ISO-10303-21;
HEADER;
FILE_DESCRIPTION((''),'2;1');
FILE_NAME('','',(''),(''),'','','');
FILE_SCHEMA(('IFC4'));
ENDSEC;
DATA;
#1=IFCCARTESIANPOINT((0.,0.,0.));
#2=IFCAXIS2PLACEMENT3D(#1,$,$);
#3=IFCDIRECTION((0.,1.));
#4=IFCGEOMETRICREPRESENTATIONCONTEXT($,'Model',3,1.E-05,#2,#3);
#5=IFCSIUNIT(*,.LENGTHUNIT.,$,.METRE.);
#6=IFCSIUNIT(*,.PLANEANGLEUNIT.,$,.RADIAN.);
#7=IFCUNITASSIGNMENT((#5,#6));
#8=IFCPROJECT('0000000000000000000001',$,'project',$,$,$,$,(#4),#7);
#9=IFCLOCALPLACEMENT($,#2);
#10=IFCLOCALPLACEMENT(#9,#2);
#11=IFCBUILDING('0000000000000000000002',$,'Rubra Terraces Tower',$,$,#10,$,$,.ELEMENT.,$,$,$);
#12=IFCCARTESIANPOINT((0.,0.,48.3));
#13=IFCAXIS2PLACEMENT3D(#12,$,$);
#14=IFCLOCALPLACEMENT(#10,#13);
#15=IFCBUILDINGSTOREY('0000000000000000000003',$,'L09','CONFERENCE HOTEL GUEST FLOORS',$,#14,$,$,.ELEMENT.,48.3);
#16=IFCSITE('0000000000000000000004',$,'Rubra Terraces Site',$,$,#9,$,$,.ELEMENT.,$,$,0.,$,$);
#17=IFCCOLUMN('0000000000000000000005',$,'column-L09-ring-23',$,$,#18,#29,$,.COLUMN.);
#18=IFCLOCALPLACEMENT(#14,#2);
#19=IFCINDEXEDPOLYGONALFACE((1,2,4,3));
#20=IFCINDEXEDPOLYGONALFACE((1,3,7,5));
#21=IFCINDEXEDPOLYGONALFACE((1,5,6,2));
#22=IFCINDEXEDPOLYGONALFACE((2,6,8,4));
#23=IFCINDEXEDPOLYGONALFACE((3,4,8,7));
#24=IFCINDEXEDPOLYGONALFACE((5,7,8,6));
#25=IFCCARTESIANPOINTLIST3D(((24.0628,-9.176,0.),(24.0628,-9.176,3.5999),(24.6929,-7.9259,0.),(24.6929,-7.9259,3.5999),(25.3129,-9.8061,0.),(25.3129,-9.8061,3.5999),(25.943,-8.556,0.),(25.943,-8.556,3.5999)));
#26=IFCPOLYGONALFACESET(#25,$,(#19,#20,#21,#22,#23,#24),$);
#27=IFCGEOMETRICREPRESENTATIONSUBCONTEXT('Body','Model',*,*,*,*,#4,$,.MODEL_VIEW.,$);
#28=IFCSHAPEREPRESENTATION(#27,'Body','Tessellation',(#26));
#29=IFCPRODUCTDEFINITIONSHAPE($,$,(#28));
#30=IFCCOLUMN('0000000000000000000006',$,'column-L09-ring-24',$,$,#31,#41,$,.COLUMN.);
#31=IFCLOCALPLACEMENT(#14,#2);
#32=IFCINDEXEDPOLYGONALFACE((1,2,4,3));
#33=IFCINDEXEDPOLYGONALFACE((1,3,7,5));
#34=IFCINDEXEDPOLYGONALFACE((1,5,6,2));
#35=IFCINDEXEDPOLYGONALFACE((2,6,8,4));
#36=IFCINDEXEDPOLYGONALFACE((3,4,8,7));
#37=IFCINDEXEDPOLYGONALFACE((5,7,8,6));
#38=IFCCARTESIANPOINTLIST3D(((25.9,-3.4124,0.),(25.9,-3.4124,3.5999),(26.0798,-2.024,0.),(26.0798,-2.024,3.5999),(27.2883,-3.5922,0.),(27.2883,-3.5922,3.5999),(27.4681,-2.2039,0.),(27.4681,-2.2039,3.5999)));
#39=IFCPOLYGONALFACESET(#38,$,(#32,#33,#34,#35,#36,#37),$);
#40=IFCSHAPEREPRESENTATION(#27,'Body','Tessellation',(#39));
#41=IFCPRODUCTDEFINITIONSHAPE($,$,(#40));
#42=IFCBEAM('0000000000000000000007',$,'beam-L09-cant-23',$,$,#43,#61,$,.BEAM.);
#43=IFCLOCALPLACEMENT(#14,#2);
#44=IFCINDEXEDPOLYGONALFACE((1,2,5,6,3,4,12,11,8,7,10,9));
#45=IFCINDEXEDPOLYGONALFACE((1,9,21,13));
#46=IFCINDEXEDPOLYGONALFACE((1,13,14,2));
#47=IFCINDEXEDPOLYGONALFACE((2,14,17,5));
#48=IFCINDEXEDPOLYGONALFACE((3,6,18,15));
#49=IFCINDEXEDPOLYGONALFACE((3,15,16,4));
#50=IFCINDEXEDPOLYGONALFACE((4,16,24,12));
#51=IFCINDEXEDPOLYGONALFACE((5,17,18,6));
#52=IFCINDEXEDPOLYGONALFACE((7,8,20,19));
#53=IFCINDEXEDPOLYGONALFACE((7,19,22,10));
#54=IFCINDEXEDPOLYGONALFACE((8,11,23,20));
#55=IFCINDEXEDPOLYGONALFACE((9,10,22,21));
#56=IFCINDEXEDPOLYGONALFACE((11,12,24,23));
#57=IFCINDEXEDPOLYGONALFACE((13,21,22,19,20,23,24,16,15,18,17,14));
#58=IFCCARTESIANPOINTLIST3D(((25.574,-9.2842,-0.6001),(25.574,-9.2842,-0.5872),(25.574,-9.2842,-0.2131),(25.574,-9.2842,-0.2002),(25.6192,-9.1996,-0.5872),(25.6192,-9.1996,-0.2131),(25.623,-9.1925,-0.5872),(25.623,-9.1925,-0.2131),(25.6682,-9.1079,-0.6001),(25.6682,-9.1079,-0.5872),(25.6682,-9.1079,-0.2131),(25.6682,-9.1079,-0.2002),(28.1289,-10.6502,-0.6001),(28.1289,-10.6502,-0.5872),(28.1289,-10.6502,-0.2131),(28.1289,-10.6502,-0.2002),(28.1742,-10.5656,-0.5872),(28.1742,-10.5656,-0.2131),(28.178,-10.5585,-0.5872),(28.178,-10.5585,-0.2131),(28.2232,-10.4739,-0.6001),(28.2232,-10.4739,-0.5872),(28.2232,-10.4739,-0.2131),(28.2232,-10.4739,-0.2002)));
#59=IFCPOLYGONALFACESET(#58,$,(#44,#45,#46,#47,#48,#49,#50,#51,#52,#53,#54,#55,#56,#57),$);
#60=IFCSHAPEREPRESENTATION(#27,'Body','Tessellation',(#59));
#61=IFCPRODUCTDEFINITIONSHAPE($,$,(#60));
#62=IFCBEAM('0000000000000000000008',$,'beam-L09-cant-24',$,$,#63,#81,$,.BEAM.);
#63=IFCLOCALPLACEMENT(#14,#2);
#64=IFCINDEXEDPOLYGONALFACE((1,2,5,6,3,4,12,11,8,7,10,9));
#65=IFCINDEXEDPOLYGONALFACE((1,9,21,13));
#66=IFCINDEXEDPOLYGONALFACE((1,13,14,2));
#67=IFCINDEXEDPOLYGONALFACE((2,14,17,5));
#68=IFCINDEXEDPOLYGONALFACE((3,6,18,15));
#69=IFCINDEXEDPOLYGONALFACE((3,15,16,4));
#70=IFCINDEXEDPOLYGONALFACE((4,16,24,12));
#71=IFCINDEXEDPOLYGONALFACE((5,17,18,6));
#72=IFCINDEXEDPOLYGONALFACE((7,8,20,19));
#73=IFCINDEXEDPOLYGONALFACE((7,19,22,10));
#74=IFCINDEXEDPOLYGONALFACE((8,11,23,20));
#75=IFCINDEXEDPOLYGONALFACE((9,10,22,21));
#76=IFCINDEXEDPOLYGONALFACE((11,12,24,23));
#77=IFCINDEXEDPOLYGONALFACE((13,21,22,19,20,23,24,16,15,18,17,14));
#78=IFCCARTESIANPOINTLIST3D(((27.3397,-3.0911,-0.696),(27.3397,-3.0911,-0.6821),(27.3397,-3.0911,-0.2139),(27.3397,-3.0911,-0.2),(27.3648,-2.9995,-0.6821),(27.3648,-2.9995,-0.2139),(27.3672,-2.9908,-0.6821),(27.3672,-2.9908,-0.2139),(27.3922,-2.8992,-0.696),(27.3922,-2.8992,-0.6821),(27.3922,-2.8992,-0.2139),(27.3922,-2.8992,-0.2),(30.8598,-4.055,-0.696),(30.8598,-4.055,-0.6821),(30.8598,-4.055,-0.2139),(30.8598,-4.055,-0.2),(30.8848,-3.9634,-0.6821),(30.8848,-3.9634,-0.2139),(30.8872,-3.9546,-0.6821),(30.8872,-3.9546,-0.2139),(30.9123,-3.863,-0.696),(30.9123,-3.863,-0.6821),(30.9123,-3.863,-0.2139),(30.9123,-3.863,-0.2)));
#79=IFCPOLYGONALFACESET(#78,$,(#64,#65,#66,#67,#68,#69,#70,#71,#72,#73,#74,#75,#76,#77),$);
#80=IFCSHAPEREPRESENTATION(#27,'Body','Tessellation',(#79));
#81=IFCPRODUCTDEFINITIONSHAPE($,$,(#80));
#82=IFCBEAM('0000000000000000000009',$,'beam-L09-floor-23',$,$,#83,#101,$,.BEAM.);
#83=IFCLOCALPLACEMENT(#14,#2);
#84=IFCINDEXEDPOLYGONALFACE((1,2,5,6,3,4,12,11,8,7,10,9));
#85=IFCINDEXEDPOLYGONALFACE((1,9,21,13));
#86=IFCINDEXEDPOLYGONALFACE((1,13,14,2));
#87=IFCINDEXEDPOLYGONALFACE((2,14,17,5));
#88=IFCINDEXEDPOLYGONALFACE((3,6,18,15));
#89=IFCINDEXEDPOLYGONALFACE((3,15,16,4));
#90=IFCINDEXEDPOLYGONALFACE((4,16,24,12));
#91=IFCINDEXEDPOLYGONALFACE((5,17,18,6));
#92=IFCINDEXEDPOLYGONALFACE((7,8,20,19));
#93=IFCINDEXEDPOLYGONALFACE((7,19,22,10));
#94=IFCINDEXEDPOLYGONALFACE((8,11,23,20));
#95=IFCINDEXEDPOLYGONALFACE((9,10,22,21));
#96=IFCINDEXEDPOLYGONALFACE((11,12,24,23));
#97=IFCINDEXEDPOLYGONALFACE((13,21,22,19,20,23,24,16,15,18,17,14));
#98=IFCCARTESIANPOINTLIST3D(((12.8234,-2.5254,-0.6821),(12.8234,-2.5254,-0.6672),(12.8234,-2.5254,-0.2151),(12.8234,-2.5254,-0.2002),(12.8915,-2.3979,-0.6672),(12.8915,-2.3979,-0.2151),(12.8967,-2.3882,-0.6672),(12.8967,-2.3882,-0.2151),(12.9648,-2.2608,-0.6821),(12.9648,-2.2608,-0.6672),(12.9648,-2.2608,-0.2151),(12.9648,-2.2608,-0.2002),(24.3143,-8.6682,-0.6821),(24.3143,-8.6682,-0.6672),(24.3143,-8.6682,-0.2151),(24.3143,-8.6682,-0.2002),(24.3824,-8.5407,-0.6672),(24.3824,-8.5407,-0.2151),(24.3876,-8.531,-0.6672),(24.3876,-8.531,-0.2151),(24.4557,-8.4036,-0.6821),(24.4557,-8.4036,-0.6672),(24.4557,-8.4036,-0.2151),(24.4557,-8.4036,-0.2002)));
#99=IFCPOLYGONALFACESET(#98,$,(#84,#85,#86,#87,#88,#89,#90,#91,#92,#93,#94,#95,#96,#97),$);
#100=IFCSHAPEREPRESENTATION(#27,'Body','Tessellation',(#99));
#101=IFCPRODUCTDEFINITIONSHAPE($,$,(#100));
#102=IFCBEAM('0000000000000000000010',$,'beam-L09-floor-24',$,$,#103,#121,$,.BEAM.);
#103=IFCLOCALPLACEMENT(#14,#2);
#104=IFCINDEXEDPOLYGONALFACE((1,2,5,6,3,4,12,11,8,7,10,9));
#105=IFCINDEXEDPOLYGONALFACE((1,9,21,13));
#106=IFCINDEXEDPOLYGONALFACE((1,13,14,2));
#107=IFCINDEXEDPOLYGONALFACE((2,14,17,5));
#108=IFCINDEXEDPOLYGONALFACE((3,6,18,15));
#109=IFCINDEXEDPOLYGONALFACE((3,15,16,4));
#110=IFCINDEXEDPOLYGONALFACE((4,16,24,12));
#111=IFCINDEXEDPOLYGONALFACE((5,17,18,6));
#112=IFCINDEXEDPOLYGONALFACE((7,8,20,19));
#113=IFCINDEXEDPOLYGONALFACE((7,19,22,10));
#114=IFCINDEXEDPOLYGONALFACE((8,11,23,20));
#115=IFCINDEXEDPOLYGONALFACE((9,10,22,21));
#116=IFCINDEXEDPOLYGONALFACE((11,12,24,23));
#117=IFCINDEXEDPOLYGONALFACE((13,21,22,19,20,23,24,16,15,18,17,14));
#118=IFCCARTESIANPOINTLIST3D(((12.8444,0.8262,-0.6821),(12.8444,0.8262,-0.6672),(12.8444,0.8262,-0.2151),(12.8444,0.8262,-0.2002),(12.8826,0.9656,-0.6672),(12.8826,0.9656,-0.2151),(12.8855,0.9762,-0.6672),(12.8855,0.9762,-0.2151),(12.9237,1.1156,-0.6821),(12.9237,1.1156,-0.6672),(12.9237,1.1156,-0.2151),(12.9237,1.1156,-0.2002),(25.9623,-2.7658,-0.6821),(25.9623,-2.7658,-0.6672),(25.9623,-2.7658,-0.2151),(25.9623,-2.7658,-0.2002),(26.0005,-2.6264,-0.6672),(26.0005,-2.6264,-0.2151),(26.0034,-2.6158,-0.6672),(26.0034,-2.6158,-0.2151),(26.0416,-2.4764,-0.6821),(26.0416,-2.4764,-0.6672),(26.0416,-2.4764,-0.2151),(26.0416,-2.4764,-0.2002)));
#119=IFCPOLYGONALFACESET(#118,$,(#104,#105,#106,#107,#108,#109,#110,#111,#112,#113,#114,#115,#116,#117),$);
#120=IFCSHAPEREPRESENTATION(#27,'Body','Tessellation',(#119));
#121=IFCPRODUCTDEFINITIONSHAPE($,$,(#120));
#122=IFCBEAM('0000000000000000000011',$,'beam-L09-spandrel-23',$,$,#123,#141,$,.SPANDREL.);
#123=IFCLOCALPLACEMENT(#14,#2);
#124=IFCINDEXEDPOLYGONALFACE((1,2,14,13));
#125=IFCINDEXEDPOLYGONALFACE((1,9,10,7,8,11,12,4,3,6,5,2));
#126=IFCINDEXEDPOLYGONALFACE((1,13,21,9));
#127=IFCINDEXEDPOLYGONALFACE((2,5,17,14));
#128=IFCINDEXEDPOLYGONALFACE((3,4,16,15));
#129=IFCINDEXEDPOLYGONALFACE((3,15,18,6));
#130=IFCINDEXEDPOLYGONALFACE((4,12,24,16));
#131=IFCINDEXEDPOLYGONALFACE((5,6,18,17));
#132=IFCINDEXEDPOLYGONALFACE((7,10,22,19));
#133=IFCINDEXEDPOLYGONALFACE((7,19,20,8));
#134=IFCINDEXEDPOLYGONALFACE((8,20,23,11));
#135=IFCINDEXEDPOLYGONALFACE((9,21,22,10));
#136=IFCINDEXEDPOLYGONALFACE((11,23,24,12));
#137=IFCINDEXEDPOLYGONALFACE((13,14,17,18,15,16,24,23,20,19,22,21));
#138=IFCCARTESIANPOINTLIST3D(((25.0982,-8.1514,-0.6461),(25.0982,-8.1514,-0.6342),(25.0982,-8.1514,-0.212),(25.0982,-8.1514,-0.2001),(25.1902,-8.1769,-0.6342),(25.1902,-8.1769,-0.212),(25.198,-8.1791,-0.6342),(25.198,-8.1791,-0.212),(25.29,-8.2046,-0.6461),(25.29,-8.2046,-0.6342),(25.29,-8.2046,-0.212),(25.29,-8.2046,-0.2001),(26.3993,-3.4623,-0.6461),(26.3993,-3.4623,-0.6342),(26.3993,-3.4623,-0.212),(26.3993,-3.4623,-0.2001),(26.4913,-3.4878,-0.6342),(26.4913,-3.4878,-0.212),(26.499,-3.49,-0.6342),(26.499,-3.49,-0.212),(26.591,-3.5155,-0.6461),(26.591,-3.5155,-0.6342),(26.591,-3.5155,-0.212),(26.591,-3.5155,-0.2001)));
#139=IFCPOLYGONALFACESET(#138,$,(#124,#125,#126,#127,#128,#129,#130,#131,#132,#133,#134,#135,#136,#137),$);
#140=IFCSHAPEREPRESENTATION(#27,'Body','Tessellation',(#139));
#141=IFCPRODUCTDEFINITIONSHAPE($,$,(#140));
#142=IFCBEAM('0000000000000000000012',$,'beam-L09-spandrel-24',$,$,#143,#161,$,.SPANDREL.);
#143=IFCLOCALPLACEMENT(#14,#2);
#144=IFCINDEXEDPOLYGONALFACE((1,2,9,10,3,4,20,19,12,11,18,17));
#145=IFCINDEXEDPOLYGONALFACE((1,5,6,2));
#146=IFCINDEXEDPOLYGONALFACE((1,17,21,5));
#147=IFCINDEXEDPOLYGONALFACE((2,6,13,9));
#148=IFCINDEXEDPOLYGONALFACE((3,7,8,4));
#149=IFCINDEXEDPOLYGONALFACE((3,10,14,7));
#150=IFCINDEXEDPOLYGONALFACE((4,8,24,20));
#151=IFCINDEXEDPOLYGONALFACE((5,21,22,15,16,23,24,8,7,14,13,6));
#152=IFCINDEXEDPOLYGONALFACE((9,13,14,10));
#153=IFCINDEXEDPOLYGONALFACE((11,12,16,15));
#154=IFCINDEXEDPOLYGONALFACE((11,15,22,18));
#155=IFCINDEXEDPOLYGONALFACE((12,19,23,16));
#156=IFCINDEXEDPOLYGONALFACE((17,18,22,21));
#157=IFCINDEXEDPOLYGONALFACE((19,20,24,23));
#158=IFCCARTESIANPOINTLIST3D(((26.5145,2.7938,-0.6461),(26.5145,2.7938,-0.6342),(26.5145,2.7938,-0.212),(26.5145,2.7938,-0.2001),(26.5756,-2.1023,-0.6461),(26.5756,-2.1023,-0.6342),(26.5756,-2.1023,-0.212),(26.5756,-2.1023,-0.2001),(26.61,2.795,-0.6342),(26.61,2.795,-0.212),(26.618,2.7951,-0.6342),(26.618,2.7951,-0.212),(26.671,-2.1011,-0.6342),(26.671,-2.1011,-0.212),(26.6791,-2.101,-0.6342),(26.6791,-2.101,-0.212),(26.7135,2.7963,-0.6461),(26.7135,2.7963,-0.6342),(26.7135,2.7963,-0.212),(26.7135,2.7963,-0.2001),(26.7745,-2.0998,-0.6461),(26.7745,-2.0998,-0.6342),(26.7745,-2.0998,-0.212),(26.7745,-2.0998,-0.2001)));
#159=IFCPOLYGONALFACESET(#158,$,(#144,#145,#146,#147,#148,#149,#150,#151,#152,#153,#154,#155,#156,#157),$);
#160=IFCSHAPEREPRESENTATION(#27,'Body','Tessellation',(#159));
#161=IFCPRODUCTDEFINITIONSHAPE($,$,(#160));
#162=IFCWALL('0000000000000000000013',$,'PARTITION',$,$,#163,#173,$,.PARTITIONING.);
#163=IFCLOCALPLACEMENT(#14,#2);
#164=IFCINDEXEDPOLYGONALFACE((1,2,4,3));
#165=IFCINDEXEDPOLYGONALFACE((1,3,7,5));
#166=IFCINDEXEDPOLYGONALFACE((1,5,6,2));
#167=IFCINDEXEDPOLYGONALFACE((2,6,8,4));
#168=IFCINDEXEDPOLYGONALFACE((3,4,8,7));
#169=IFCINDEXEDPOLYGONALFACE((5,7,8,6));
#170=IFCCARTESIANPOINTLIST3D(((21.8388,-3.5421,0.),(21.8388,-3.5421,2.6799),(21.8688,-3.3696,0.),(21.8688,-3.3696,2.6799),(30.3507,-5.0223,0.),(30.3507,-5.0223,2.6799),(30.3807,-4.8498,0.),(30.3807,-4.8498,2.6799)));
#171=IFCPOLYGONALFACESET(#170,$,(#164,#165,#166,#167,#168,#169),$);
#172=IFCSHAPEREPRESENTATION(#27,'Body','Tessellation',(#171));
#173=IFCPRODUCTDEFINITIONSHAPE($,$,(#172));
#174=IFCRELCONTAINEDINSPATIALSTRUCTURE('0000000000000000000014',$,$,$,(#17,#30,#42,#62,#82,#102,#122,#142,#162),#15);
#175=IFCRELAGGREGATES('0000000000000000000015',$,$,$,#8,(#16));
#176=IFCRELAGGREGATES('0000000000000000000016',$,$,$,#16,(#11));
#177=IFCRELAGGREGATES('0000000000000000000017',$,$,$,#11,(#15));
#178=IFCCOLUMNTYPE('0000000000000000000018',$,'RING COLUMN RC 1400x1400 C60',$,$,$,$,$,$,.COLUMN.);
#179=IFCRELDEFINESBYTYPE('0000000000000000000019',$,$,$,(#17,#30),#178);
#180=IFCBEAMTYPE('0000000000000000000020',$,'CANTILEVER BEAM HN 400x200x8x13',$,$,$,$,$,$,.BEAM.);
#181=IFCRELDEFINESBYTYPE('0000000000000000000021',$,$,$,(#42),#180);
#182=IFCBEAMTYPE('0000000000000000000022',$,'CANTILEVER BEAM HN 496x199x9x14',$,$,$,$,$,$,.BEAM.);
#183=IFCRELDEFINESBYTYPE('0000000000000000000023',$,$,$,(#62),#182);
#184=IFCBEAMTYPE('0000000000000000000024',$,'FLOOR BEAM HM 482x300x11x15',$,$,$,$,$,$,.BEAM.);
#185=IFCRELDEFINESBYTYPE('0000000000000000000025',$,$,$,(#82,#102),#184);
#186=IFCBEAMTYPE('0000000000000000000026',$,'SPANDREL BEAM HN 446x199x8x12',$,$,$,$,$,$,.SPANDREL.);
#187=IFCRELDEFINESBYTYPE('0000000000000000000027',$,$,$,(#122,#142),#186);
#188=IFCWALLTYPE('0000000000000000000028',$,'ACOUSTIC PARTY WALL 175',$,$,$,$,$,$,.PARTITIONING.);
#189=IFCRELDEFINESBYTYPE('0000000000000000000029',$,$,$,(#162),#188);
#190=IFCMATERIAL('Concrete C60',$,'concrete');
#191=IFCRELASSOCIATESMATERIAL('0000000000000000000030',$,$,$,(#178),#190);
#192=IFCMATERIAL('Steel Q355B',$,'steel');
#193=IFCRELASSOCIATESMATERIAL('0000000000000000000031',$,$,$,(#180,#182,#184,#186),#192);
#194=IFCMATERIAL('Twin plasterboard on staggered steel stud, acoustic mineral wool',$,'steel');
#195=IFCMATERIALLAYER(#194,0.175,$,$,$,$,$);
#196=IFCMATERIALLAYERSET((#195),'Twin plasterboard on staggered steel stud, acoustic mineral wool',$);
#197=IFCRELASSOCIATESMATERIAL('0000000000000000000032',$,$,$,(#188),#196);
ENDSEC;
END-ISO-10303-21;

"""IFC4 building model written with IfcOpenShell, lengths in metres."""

from ifc_helpers import new_model, si_unit, direction, frame, frame_2d, origin, origin_2d, place, context, subcontext, project, spatial, rectangle, i_section, extrude, material, layer, layer_set, material_profile, profile_set, type_object, element, save


model = new_model("IFC4")

# Units and contexts
model_context = context("Model", 3, precision=1e-05, world=origin(), true_north=direction((0.0, 1.0)))
body_context = subcontext(model_context, "Body", "Model", "MODEL_VIEW")
ifc_project = project(units=[si_unit("LENGTHUNIT", "METRE"), si_unit("PLANEANGLEUNIT", "RADIAN")], contexts=[model_context])

# Site, building, storey
site_placement = place(None, origin())
site = spatial("IfcSite", under=ifc_project, at=site_placement, Name="Rubra Terraces Site", CompositionType="ELEMENT", RefElevation=0.0)
building_placement = place(site_placement, origin())
building = spatial("IfcBuilding", under=site, at=building_placement, Name="Rubra Terraces Tower", CompositionType="ELEMENT")
storey_placement = place(building_placement, frame((0.0, 0.0, 48.3)))
storey = spatial("IfcBuildingStorey", under=building, at=storey_placement, Name="L09", Description="CONFERENCE HOTEL GUEST FLOORS", CompositionType="ELEMENT", Elevation=48.3)

# Columns
ifc_material_1 = material(Name="Concrete C60", Category="concrete")
ifc_material_profile_1 = material_profile(ifc_material_1, rectangle(XDim=1.3999, YDim=1.3999, at=origin_2d()), Name="RC 1400x1400")
ifc_profile_set_1 = profile_set([ifc_material_profile_1], Name="Concrete C60")
column_type = type_object("IfcColumnType", Name="RING COLUMN RC 1400x1400 C60", PredefinedType="COLUMN", material=ifc_profile_set_1)
for number, where, z_axis, x_axis, name in (
    (1, (25.0029, -8.866, 0.0), (0.0, 0.0, 1.0), (0.450099, 0.892979, 0.0), "column-L09-ring-23"),
    (2, (26.6841, -2.8081, 0.0), (0.0, 0.0, 1.0), (0.128445, 0.991717, 0.0), "column-L09-ring-24"),
):
    element("IfcColumn", number, at=place(storey_placement, frame(where, z_axis=z_axis, x_axis=x_axis)), inside=storey, type_object=column_type, Name=name, PredefinedType="COLUMN", context=body_context, shape_type="SweptSolid", body=[
        extrude(rectangle(XDim=1.3999, YDim=1.3999, at=origin_2d()), origin(), (0.0, 0.0, 1.0), 3.5999),
    ])

# Beams
ifc_material_2 = material(Name="Steel Q355B", Category="steel")
ifc_material_profile_2 = material_profile(ifc_material_2, i_section(OverallWidth=0.2, OverallDepth=0.3999, WebThickness=0.0081, FlangeThickness=0.0129, at=origin_2d()), Name="HN 400x200x8x13")
ifc_profile_set_2 = profile_set([ifc_material_profile_2], Name="Steel Q355B")
beam_type_1 = type_object("IfcBeamType", Name="CANTILEVER BEAM HN 400x200x8x13", PredefinedType="BEAM", material=ifc_profile_set_2)
beam_1_placement = place(storey_placement, frame((25.6211, -9.196, -0.4001), z_axis=(0.881874, -0.471485, 0.0), x_axis=(0.471485, 0.881874, 0.0)))
element("IfcBeam", 3, at=beam_1_placement, inside=storey, type_object=beam_type_1, Name="beam-L09-cant-23", PredefinedType="BEAM", context=body_context, shape_type="SweptSolid", body=[
    extrude(i_section(OverallWidth=0.2, OverallDepth=0.3999, WebThickness=0.0081, FlangeThickness=0.0129, at=origin_2d()), origin(), (0.0, 0.0, 1.0), 2.8972),
])
ifc_material_profile_3 = material_profile(ifc_material_2, i_section(OverallWidth=0.199, OverallDepth=0.4961, WebThickness=0.009, FlangeThickness=0.0139, at=origin_2d()), Name="HN 496x199x9x14")
ifc_profile_set_3 = profile_set([ifc_material_profile_3], Name="Steel Q355B")
beam_type_2 = type_object("IfcBeamType", Name="CANTILEVER BEAM HN 496x199x9x14", PredefinedType="BEAM", material=ifc_profile_set_3)
beam_2_placement = place(storey_placement, frame((27.366, -2.9951, -0.448), z_axis=(0.964495, -0.264102, 0.0), x_axis=(0.264102, 0.964495, 0.0)))
element("IfcBeam", 4, at=beam_2_placement, inside=storey, type_object=beam_type_2, Name="beam-L09-cant-24", PredefinedType="BEAM", context=body_context, shape_type="SweptSolid", body=[
    extrude(i_section(OverallWidth=0.199, OverallDepth=0.4961, WebThickness=0.009, FlangeThickness=0.0139, at=origin_2d()), origin(), (0.0, 0.0, 1.0), 3.6497),
])
ifc_material_profile_4 = material_profile(ifc_material_2, i_section(OverallWidth=0.3, OverallDepth=0.4819, WebThickness=0.011, FlangeThickness=0.0149, at=origin_2d()), Name="HM 482x300x11x15")
ifc_profile_set_4 = profile_set([ifc_material_profile_4], Name="Steel Q355B")
beam_type_3 = type_object("IfcBeamType", Name="FLOOR BEAM HM 482x300x11x15", PredefinedType="BEAM", material=ifc_profile_set_4)
beam_3_placement = place(storey_placement, frame((24.385, -8.5359, -0.4412), z_axis=(-0.881897, 0.471443, 0.0), x_axis=(-0.471443, -0.881897, 0.0)))
element("IfcBeam", 5, at=beam_3_placement, inside=storey, type_object=beam_type_3, Name="beam-L09-floor-23", PredefinedType="BEAM", context=body_context, shape_type="SweptSolid", body=[
    extrude(i_section(OverallWidth=0.3, OverallDepth=0.4819, WebThickness=0.011, FlangeThickness=0.0149, at=origin_2d()), origin(), (0.0, 0.0, 1.0), 13.0298),
])
beam_4_placement = place(storey_placement, frame((26.002, -2.6211, -0.4412), z_axis=(-0.964494, 0.264105, 0.0), x_axis=(-0.264105, -0.964494, 0.0)))
element("IfcBeam", 6, at=beam_4_placement, inside=storey, type_object=beam_type_3, Name="beam-L09-floor-24", PredefinedType="BEAM", context=body_context, shape_type="SweptSolid", body=[
    extrude(i_section(OverallWidth=0.3, OverallDepth=0.4819, WebThickness=0.011, FlangeThickness=0.0149, at=origin_2d()), origin(), (0.0, 0.0, 1.0), 13.6008),
])
ifc_material_profile_5 = material_profile(ifc_material_2, i_section(OverallWidth=0.199, OverallDepth=0.446, WebThickness=0.0081, FlangeThickness=0.012, at=origin_2d()), Name="HN 446x199x8x12")
ifc_profile_set_5 = profile_set([ifc_material_profile_5], Name="Steel Q355B")
beam_type_4 = type_object("IfcBeamType", Name="SPANDREL BEAM HN 446x199x8x12", PredefinedType="SPANDREL", material=ifc_profile_set_5)
beam_5_placement = place(storey_placement, frame((25.1941, -8.178, -0.4231), z_axis=(0.267364, 0.963595, 0.0), x_axis=(-0.963595, 0.267364, 0.0)))
element("IfcBeam", 7, at=beam_5_placement, inside=storey, type_object=beam_type_4, Name="beam-L09-spandrel-23", PredefinedType="SPANDREL", context=body_context, shape_type="SweptSolid", body=[
    extrude(i_section(OverallWidth=0.199, OverallDepth=0.446, WebThickness=0.0081, FlangeThickness=0.012, at=origin_2d()), origin(), (0.0, 0.0, 1.0), 4.8662),
])
beam_6_placement = place(storey_placement, frame((26.675, -2.1011, -0.4231), z_axis=(-0.012465, 0.999922, 0.0), x_axis=(-0.999922, -0.012465, 0.0)))
element("IfcBeam", 8, at=beam_6_placement, inside=storey, type_object=beam_type_4, Name="beam-L09-spandrel-24", PredefinedType="SPANDREL", context=body_context, shape_type="SweptSolid", body=[
    extrude(i_section(OverallWidth=0.199, OverallDepth=0.446, WebThickness=0.0081, FlangeThickness=0.012, at=origin_2d()), origin(), (0.0, 0.0, 1.0), 4.8965),
])

# Wall
ifc_material_3 = material(Name="Twin plasterboard on staggered steel stud, acoustic mineral wool", Category="steel")
ifc_layer_1 = layer(ifc_material_3, 0.175)
ifc_layer_set_1 = layer_set([ifc_layer_1], Name="Twin plasterboard on staggered steel stud, acoustic mineral wool")
wall_type_1 = type_object("IfcWallType", Name="ACOUSTIC PARTY WALL 175", PredefinedType="PARTITIONING", material=ifc_layer_set_1)
wall_1_placement = place(storey_placement, frame((30.3657, -4.936, 0.0), z_axis=(0.0, 0.0, 1.0), x_axis=(-0.985214, 0.171328, 0.0)))
element("IfcWall", 9, at=wall_1_placement, inside=storey, type_object=wall_type_1, Name="PARTITION", PredefinedType="PARTITIONING", context=body_context, shape_type="SweptSolid", body=[
    extrude(rectangle(XDim=8.6396, YDim=0.175, at=frame_2d((4.3198, 0.0))), origin(), (0.0, 0.0, 1.0), 2.6799),
])

save(model, "model.ifc")
